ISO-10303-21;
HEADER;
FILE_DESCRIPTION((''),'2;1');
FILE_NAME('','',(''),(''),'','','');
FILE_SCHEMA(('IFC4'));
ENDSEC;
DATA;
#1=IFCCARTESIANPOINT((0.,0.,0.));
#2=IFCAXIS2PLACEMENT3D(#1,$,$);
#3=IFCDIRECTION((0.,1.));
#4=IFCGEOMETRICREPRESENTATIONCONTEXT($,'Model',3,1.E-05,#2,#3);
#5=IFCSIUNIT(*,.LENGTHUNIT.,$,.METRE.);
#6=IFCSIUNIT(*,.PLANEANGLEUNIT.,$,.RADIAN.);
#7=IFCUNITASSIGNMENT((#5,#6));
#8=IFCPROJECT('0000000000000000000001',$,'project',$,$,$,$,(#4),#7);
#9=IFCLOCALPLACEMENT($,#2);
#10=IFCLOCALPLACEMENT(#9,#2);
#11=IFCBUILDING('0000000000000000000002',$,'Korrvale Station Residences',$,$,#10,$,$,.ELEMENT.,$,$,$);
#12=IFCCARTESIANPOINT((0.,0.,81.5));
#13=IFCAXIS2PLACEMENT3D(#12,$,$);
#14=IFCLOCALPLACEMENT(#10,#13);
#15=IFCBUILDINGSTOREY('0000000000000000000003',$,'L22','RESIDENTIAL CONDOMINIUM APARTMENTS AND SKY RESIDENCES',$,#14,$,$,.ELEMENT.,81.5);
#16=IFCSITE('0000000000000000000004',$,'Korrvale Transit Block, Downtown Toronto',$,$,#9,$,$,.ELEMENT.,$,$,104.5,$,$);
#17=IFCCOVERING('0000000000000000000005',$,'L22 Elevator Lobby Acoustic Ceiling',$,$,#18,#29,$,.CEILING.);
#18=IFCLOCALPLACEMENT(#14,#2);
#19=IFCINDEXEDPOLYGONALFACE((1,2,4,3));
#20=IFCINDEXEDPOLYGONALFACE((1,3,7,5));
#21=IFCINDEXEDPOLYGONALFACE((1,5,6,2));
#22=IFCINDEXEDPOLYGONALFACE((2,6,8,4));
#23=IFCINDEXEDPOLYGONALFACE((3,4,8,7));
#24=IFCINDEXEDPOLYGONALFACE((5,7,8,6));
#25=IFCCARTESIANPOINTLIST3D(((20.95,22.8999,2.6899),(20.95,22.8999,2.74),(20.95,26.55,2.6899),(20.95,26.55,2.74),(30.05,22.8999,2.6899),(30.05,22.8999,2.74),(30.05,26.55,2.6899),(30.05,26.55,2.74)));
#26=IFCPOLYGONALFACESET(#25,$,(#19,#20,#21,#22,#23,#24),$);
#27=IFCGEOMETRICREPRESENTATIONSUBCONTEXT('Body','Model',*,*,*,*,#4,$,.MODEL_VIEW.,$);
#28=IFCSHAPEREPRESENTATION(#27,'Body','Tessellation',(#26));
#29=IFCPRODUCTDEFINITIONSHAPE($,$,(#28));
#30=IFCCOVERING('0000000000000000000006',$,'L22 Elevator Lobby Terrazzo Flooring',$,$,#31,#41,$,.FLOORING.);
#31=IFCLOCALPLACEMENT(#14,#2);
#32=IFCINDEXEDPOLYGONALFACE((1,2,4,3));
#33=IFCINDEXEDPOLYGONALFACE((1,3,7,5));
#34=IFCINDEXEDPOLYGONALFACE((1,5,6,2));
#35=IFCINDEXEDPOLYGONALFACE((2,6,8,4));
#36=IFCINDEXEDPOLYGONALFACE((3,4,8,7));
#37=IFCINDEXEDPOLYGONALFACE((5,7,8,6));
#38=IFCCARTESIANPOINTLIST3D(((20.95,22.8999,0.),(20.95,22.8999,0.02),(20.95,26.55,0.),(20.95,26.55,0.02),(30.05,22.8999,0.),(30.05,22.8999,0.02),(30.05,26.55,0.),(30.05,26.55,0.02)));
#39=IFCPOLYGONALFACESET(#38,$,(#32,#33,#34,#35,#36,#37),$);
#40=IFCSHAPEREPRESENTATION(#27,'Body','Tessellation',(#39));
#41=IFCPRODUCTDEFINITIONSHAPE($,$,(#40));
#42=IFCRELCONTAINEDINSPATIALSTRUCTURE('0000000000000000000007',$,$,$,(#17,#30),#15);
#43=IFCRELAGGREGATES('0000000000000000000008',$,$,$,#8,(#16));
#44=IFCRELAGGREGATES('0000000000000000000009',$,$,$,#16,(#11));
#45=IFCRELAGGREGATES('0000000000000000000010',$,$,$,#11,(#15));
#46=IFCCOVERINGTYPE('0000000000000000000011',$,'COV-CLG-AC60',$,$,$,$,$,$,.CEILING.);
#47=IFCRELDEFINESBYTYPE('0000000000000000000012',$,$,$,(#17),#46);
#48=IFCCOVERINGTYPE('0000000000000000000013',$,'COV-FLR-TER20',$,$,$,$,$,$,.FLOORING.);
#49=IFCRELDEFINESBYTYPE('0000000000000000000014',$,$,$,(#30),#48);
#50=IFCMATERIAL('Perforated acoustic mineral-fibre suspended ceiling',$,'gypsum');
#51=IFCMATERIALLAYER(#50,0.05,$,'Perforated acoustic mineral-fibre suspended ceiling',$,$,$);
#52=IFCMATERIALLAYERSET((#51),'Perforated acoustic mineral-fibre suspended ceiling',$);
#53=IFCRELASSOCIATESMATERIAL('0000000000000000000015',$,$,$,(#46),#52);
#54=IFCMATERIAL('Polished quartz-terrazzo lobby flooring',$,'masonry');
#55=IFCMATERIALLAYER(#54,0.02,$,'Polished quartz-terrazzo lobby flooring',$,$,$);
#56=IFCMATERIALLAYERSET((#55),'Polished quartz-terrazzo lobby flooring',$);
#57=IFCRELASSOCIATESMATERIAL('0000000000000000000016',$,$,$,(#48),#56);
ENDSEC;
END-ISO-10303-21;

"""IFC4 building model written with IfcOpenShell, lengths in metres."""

from ifc_helpers import new_model, si_unit, direction, frame, origin, place, context, subcontext, project, spatial, polyline, outline, extrude, material, layer, layer_set, type_object, element, save


model = new_model("IFC4")

# Units and contexts
model_context = context("Model", 3, precision=1e-05, world=origin(), true_north=direction((0.0, 1.0)))
body_context = subcontext(model_context, "Body", "Model", "MODEL_VIEW")
ifc_project = project(units=[si_unit("LENGTHUNIT", "METRE"), si_unit("PLANEANGLEUNIT", "RADIAN")], contexts=[model_context])

# Site, building, storey
site_placement = place(None, origin())
site = spatial("IfcSite", under=ifc_project, at=site_placement, Name="Korrvale Transit Block, Downtown Toronto", CompositionType="ELEMENT", RefElevation=104.5)
building_placement = place(site_placement, origin())
building = spatial("IfcBuilding", under=site, at=building_placement, Name="Korrvale Station Residences", CompositionType="ELEMENT")
storey_placement = place(building_placement, frame((0.0, 0.0, 81.5)))
storey = spatial("IfcBuildingStorey", under=building, at=storey_placement, Name="L22", Description="RESIDENTIAL CONDOMINIUM APARTMENTS AND SKY RESIDENCES", CompositionType="ELEMENT", Elevation=81.5)

# Coverings
ifc_material_1 = material(Name="Perforated acoustic mineral-fibre suspended ceiling", Category="gypsum")
ifc_layer_1 = layer(ifc_material_1, 0.05, Name="Perforated acoustic mineral-fibre suspended ceiling")
ifc_layer_set_1 = layer_set([ifc_layer_1], Name="Perforated acoustic mineral-fibre suspended ceiling")
covering_type_1 = type_object("IfcCoveringType", Name="COV-CLG-AC60", PredefinedType="CEILING", material=ifc_layer_set_1)
covering_1_placement = place(storey_placement, frame((0.0, 0.0, 2.6899)))
element("IfcCovering", 1, at=covering_1_placement, inside=storey, type_object=covering_type_1, Name="L22 Elevator Lobby Acoustic Ceiling", PredefinedType="CEILING", context=body_context, shape_type="SweptSolid", body=[
    extrude(outline(polyline([(20.95, 22.8999), (30.05, 22.8999), (30.05, 26.55), (20.95, 26.55), (20.95, 22.8999)])), origin(), (0.0, 0.0, 1.0), 0.05),
])
ifc_material_2 = material(Name="Polished quartz-terrazzo lobby flooring", Category="masonry")
ifc_layer_2 = layer(ifc_material_2, 0.02, Name="Polished quartz-terrazzo lobby flooring")
ifc_layer_set_2 = layer_set([ifc_layer_2], Name="Polished quartz-terrazzo lobby flooring")
covering_type_2 = type_object("IfcCoveringType", Name="COV-FLR-TER20", PredefinedType="FLOORING", material=ifc_layer_set_2)
covering_2_placement = place(storey_placement, origin())
element("IfcCovering", 2, at=covering_2_placement, inside=storey, type_object=covering_type_2, Name="L22 Elevator Lobby Terrazzo Flooring", PredefinedType="FLOORING", context=body_context, shape_type="SweptSolid", body=[
    extrude(outline(polyline([(20.95, 22.8999), (30.05, 22.8999), (30.05, 26.55), (20.95, 26.55), (20.95, 22.8999)])), origin(), (0.0, 0.0, 1.0), 0.02),
])

save(model, "model.ifc")
